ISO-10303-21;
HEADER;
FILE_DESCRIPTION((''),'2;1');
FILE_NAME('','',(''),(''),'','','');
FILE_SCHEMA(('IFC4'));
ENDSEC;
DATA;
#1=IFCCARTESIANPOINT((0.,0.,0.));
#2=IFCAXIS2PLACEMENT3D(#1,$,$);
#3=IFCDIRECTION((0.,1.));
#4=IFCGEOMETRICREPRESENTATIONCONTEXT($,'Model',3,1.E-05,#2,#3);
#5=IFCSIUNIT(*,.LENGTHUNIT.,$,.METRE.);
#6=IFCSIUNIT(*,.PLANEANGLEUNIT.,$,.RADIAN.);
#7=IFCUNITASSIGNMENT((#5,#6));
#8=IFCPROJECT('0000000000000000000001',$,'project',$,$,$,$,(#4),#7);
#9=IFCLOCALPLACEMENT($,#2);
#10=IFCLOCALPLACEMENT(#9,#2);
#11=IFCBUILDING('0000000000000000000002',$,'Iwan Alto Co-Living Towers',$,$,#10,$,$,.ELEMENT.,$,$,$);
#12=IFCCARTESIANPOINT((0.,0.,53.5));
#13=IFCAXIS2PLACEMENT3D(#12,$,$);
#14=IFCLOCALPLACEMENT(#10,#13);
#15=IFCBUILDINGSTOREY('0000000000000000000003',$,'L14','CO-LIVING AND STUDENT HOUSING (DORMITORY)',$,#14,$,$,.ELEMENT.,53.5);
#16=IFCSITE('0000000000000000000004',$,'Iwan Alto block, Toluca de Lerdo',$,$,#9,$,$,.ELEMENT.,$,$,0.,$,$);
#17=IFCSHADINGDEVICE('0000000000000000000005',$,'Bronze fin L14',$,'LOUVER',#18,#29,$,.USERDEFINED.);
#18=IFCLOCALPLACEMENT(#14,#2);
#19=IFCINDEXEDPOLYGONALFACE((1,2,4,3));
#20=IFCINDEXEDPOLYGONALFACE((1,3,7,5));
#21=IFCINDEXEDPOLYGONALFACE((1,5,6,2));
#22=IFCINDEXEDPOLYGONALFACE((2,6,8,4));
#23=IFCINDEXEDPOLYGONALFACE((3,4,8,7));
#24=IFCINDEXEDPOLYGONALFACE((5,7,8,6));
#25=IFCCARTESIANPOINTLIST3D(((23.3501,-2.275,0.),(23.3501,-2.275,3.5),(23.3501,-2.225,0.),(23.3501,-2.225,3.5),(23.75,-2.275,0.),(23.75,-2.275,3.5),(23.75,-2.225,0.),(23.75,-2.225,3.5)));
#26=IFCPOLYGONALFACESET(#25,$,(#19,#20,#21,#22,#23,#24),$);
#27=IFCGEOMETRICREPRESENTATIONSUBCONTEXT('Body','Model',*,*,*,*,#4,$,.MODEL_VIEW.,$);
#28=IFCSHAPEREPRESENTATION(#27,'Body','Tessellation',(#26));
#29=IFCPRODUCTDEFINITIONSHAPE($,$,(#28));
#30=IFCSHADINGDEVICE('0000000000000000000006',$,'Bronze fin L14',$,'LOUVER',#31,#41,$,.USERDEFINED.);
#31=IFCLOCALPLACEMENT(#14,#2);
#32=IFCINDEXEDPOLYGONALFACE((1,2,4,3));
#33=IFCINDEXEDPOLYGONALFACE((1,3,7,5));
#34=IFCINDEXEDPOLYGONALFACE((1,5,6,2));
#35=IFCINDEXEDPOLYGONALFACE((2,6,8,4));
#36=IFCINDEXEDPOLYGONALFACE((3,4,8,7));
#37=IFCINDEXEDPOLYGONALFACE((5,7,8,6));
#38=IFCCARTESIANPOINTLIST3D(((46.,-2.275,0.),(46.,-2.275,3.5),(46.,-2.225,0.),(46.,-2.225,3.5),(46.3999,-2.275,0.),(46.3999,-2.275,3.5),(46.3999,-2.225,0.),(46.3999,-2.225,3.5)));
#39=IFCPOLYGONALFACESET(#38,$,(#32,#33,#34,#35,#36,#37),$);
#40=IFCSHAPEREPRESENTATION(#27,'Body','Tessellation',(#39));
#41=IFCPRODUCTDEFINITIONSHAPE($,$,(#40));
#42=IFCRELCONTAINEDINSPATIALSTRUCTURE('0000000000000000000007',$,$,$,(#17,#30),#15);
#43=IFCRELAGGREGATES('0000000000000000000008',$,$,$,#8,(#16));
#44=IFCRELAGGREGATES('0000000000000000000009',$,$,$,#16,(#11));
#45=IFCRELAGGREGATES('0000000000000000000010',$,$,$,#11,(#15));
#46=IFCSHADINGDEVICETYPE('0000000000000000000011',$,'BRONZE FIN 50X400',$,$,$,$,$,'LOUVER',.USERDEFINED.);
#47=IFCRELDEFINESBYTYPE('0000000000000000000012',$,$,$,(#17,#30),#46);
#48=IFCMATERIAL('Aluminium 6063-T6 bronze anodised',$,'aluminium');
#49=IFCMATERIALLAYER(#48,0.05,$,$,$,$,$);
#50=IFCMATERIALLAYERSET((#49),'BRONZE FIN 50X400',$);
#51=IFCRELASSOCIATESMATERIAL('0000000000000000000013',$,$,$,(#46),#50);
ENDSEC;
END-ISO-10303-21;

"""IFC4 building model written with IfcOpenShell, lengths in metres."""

from ifc_helpers import new_model, si_unit, direction, frame, origin, origin_2d, place, context, subcontext, project, spatial, rectangle, extrude, material, layer, layer_set, type_object, element, save


model = new_model("IFC4")

# Units and contexts
model_context = context("Model", 3, precision=1e-05, world=origin(), true_north=direction((0.0, 1.0)))
body_context = subcontext(model_context, "Body", "Model", "MODEL_VIEW")
ifc_project = project(units=[si_unit("LENGTHUNIT", "METRE"), si_unit("PLANEANGLEUNIT", "RADIAN")], contexts=[model_context])

# Site, building, storey
site_placement = place(None, origin())
site = spatial("IfcSite", under=ifc_project, at=site_placement, Name="Iwan Alto block, Toluca de Lerdo", CompositionType="ELEMENT", RefElevation=0.0)
building_placement = place(site_placement, origin())
building = spatial("IfcBuilding", under=site, at=building_placement, Name="Iwan Alto Co-Living Towers", CompositionType="ELEMENT")
storey_placement = place(building_placement, frame((0.0, 0.0, 53.5)))
storey = spatial("IfcBuildingStorey", under=building, at=storey_placement, Name="L14", Description="CO-LIVING AND STUDENT HOUSING (DORMITORY)", CompositionType="ELEMENT", Elevation=53.5)

# Shading devices
ifc_material_1 = material(Name="Aluminium 6063-T6 bronze anodised", Category="aluminium")
ifc_layer_1 = layer(ifc_material_1, 0.05)
ifc_layer_set_1 = layer_set([ifc_layer_1], Name="BRONZE FIN 50X400")
shading_device_type = type_object("IfcShadingDeviceType", Name="BRONZE FIN 50X400", ElementType="LOUVER", PredefinedType="USERDEFINED", material=ifc_layer_set_1)
for number, where, z_axis, x_axis, name in (
    (1, (23.55, -2.25, 0.0), (0.0, 0.0, 1.0), (0.0, 1.0, 0.0), "Bronze fin L14"),
    (2, (46.2, -2.25, 0.0), (0.0, 0.0, 1.0), (0.0, -1.0, 0.0), "Bronze fin L14"),
):
    element("IfcShadingDevice", number, at=place(storey_placement, frame(where, z_axis=z_axis, x_axis=x_axis)), inside=storey, type_object=shading_device_type, Name=name, ObjectType="LOUVER", PredefinedType="USERDEFINED", context=body_context, shape_type="SweptSolid", body=[
        extrude(rectangle(XDim=0.05, YDim=0.3999, at=origin_2d()), origin(), (0.0, 0.0, 1.0), 3.5),
    ])

save(model, "model.ifc")
